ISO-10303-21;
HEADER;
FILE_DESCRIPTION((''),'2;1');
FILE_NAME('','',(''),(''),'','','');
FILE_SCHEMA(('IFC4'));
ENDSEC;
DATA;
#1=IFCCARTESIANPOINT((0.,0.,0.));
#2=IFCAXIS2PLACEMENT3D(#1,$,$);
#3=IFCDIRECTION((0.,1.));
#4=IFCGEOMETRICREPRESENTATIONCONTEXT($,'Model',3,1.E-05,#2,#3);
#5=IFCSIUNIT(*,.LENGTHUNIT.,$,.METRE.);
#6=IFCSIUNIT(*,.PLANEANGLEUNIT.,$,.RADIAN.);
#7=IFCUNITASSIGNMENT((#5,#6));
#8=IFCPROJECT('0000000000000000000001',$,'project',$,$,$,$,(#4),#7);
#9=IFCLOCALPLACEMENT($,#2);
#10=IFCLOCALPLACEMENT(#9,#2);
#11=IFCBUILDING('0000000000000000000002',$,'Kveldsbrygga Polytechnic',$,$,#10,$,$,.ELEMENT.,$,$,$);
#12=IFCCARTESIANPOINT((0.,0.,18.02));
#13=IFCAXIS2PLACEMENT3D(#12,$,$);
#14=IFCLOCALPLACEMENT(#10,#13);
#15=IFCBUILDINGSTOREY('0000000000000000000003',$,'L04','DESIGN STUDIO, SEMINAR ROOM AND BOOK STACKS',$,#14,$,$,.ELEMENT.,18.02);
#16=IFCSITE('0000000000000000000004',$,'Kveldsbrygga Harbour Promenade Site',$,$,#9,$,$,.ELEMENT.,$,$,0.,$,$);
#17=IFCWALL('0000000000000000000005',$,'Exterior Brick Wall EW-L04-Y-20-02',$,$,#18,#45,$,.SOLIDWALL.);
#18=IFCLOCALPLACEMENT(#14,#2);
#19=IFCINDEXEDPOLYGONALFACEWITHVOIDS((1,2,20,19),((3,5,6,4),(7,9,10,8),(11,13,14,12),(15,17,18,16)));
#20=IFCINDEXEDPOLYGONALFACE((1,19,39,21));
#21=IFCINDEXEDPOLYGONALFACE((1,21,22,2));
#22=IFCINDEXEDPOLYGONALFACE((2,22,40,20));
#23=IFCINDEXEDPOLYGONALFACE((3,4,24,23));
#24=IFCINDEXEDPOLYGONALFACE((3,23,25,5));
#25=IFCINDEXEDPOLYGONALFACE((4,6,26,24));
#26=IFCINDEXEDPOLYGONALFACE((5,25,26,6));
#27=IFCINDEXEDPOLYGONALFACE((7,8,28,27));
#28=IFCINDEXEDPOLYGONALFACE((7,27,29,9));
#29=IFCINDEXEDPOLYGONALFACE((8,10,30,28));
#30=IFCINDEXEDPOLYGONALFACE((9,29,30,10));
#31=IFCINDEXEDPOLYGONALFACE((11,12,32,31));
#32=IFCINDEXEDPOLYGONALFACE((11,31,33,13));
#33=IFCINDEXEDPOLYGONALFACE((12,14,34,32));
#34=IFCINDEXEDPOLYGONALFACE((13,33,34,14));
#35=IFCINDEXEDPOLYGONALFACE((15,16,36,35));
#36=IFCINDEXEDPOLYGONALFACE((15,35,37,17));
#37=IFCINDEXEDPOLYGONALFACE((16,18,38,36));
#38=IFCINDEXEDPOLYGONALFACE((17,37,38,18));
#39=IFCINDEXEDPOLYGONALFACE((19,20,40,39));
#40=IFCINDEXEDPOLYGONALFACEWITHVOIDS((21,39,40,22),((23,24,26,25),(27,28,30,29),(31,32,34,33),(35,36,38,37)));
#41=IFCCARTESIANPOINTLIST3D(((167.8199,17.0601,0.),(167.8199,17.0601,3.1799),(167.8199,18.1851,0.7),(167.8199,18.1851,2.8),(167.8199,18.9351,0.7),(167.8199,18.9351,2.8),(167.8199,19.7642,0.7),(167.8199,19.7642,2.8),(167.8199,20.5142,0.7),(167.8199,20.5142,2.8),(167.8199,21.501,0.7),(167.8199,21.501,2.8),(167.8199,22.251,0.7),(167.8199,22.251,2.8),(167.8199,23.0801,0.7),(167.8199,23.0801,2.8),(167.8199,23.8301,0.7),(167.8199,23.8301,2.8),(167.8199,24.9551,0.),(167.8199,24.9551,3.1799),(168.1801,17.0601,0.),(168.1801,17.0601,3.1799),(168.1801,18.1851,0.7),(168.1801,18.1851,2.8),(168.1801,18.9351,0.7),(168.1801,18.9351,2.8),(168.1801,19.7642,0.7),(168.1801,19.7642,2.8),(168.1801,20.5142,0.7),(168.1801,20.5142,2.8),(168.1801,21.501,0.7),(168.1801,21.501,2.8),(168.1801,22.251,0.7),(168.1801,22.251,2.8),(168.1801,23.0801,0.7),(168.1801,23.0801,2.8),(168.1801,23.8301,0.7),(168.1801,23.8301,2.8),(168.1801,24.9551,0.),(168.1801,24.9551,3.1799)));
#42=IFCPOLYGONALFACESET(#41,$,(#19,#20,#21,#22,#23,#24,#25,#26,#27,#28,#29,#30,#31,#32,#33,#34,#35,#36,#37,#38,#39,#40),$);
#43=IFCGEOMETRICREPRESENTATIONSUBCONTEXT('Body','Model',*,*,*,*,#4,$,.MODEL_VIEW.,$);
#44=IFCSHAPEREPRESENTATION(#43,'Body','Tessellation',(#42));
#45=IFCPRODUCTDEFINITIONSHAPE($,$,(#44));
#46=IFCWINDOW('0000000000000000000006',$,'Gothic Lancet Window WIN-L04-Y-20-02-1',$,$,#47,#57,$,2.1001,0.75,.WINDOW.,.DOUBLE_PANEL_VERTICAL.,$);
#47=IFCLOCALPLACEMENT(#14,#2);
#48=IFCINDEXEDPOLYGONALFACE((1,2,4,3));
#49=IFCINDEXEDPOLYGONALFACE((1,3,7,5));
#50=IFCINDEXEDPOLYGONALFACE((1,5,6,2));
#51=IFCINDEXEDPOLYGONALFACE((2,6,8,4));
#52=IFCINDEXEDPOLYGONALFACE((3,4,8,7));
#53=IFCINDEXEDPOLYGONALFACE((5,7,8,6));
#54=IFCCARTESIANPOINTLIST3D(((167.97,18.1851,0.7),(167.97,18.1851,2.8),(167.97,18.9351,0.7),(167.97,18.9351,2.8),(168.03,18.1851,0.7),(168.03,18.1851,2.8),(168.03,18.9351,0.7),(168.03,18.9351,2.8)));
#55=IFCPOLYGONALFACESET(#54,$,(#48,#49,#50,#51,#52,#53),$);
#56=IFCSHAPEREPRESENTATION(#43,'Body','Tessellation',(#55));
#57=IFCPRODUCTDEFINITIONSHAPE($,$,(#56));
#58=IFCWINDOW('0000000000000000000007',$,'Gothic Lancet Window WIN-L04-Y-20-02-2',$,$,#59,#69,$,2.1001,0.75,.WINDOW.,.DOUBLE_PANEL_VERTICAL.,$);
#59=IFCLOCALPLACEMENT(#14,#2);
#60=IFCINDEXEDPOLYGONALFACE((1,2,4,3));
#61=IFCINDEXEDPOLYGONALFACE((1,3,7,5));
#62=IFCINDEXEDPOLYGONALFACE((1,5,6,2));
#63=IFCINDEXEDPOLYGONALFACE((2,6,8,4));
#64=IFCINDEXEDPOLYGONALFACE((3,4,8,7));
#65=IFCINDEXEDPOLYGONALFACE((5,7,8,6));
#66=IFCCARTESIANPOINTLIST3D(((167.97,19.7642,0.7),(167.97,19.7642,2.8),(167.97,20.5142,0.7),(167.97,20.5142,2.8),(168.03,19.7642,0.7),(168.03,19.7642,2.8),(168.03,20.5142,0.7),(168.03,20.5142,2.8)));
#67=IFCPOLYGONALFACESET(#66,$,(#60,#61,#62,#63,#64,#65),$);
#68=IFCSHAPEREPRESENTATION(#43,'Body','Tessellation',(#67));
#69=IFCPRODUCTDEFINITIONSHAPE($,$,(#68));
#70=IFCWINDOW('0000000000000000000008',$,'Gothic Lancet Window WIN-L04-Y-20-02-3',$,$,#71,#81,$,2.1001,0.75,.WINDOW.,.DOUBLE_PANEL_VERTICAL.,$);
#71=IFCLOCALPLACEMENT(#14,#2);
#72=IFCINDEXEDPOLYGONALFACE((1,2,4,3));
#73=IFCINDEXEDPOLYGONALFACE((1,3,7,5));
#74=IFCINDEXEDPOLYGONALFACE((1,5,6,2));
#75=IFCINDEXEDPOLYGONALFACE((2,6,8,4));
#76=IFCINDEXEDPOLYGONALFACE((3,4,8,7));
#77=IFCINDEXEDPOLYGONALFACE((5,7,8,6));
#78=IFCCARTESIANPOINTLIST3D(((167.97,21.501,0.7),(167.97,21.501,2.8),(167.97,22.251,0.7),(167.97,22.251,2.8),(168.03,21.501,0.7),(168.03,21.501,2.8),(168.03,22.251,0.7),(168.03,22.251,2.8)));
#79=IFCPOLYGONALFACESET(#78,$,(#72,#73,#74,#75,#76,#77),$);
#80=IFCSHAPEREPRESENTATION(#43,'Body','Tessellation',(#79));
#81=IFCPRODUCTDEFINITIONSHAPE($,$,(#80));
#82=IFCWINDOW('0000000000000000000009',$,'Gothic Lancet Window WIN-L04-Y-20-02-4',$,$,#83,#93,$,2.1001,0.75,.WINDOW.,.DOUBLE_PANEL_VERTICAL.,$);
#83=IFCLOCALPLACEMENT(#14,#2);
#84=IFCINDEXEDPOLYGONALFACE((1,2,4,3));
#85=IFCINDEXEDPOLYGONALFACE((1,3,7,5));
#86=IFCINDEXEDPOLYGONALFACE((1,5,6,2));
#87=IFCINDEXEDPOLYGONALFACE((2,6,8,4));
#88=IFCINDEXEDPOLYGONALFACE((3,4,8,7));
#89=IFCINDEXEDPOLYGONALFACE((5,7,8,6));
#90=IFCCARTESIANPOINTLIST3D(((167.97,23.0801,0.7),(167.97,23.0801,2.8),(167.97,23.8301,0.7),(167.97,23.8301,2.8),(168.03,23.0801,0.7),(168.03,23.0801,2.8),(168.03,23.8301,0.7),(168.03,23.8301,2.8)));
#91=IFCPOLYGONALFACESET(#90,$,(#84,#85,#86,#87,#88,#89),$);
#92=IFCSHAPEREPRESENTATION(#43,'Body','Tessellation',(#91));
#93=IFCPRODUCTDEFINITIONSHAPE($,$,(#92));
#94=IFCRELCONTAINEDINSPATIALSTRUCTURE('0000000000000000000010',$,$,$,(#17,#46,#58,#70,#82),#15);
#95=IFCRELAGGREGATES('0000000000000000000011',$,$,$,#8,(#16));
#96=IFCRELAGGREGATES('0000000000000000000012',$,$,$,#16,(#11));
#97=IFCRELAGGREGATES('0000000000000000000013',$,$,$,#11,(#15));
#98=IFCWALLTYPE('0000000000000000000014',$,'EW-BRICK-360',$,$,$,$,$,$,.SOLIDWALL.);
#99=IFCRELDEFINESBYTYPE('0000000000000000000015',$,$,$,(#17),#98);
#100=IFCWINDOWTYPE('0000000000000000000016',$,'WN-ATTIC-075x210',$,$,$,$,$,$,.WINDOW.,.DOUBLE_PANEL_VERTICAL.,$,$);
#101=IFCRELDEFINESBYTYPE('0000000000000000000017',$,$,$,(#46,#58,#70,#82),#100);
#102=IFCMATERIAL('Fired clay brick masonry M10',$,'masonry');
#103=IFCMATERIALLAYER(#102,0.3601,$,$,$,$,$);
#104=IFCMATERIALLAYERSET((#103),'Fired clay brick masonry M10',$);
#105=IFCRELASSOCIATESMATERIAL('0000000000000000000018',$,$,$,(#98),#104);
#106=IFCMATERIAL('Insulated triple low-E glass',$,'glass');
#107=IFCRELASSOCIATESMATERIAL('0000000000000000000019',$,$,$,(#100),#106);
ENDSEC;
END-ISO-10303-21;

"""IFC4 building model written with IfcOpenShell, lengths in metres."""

from ifc_helpers import new_model, si_unit, direction, frame, frame_2d, origin, place, context, subcontext, project, spatial, rectangle, extrude, material, layer, layer_set, type_object, element, fill, save


model = new_model("IFC4")

# Units and contexts
model_context = context("Model", 3, precision=1e-05, world=origin(), true_north=direction((0.0, 1.0)))
body_context = subcontext(model_context, "Body", "Model", "MODEL_VIEW")
ifc_project = project(units=[si_unit("LENGTHUNIT", "METRE"), si_unit("PLANEANGLEUNIT", "RADIAN")], contexts=[model_context])

# Site, building, storey
site_placement = place(None, origin())
site = spatial("IfcSite", under=ifc_project, at=site_placement, Name="Kveldsbrygga Harbour Promenade Site", CompositionType="ELEMENT", RefElevation=0.0)
building_placement = place(site_placement, origin())
building = spatial("IfcBuilding", under=site, at=building_placement, Name="Kveldsbrygga Polytechnic", CompositionType="ELEMENT")
storey_placement = place(building_placement, frame((0.0, 0.0, 18.02)))
storey = spatial("IfcBuildingStorey", under=building, at=storey_placement, Name="L04", Description="DESIGN STUDIO, SEMINAR ROOM AND BOOK STACKS", CompositionType="ELEMENT", Elevation=18.02)

# Shared definitions
ifc_material_1 = material(Name="Insulated triple low-E glass", Category="glass")

# Wall, openings, windows
ifc_material_2 = material(Name="Fired clay brick masonry M10", Category="masonry")
ifc_layer_1 = layer(ifc_material_2, 0.3601)
ifc_layer_set_1 = layer_set([ifc_layer_1], Name="Fired clay brick masonry M10")
wall_type = type_object("IfcWallType", Name="EW-BRICK-360", PredefinedType="SOLIDWALL", material=ifc_layer_set_1)
window_type = type_object("IfcWindowType", Name="WN-ATTIC-075x210", PartitioningType="DOUBLE_PANEL_VERTICAL", PredefinedType="WINDOW", material=ifc_material_1)
wall_1_placement = place(storey_placement, frame((168.0, 17.0601, 0.0), z_axis=(0.0, 0.0, 1.0), x_axis=(0.0, 1.0, 0.0)))
wall_1 = element("IfcWall", 1, at=wall_1_placement, inside=storey, type_object=wall_type, Name="Exterior Brick Wall EW-L04-Y-20-02", PredefinedType="SOLIDWALL", context=body_context, shape_type="SweptSolid", body=[
    extrude(rectangle(XDim=7.895, YDim=0.3601, at=frame_2d((3.9475, 0.0))), origin(), (0.0, 0.0, 1.0), 3.1799),
])
opening_1_placement = place(wall_1_placement, frame((1.125, 0.0, 0.7)))
opening_1 = element("IfcOpeningElement", 2, at=opening_1_placement, cuts=wall_1, PredefinedType="OPENING", context=body_context, shape_type="SweptSolid", body=[
    extrude(rectangle(XDim=0.75, YDim=2.1001, at=frame_2d((0.375, 1.05))), frame((0.0, 0.1899, 0.0), z_axis=(0.0, -1.0, 0.0), x_axis=(1.0, 0.0, 0.0)), (0.0, 0.0, 1.0), 0.3801),
])
opening_2_placement = place(wall_1_placement, frame((2.7041, 0.0, 0.7)))
opening_2 = element("IfcOpeningElement", 3, at=opening_2_placement, cuts=wall_1, PredefinedType="OPENING", context=body_context, shape_type="SweptSolid", body=[
    extrude(rectangle(XDim=0.75, YDim=2.1001, at=frame_2d((0.375, 1.05))), frame((0.0, 0.1899, 0.0), z_axis=(0.0, -1.0, 0.0), x_axis=(1.0, 0.0, 0.0)), (0.0, 0.0, 1.0), 0.3801),
])
opening_3_placement = place(wall_1_placement, frame((4.4409, 0.0, 0.7)))
opening_3 = element("IfcOpeningElement", 4, at=opening_3_placement, cuts=wall_1, PredefinedType="OPENING", context=body_context, shape_type="SweptSolid", body=[
    extrude(rectangle(XDim=0.75, YDim=2.1001, at=frame_2d((0.375, 1.05))), frame((0.0, 0.1899, 0.0), z_axis=(0.0, -1.0, 0.0), x_axis=(1.0, 0.0, 0.0)), (0.0, 0.0, 1.0), 0.3801),
])
opening_4_placement = place(wall_1_placement, frame((6.02, 0.0, 0.7)))
opening_4 = element("IfcOpeningElement", 5, at=opening_4_placement, cuts=wall_1, PredefinedType="OPENING", context=body_context, shape_type="SweptSolid", body=[
    extrude(rectangle(XDim=0.75, YDim=2.1001, at=frame_2d((0.375, 1.05))), frame((0.0, 0.1899, 0.0), z_axis=(0.0, -1.0, 0.0), x_axis=(1.0, 0.0, 0.0)), (0.0, 0.0, 1.0), 0.3801),
])
window_1_placement = place(opening_1_placement, origin())
window_1 = element("IfcWindow", 6, at=window_1_placement, inside=storey, type_object=window_type, Name="Gothic Lancet Window WIN-L04-Y-20-02-1", OverallHeight=2.1001, OverallWidth=0.75, PartitioningType="DOUBLE_PANEL_VERTICAL", PredefinedType="WINDOW", context=body_context, shape_type="SweptSolid", body=[
    extrude(rectangle(XDim=0.75, YDim=2.1001, at=frame_2d((0.375, 1.05))), frame((0.0, 0.03, 0.0), z_axis=(0.0, -1.0, 0.0), x_axis=(1.0, 0.0, 0.0)), (0.0, 0.0, 1.0), 0.0601),
])
fill(opening_1, window_1)
window_2_placement = place(opening_2_placement, origin())
window_2 = element("IfcWindow", 7, at=window_2_placement, inside=storey, type_object=window_type, Name="Gothic Lancet Window WIN-L04-Y-20-02-2", OverallHeight=2.1001, OverallWidth=0.75, PartitioningType="DOUBLE_PANEL_VERTICAL", PredefinedType="WINDOW", context=body_context, shape_type="SweptSolid", body=[
    extrude(rectangle(XDim=0.75, YDim=2.1001, at=frame_2d((0.375, 1.05))), frame((0.0, 0.03, 0.0), z_axis=(0.0, -1.0, 0.0), x_axis=(1.0, 0.0, 0.0)), (0.0, 0.0, 1.0), 0.0601),
])
fill(opening_2, window_2)
window_3_placement = place(opening_3_placement, origin())
window_3 = element("IfcWindow", 8, at=window_3_placement, inside=storey, type_object=window_type, Name="Gothic Lancet Window WIN-L04-Y-20-02-3", OverallHeight=2.1001, OverallWidth=0.75, PartitioningType="DOUBLE_PANEL_VERTICAL", PredefinedType="WINDOW", context=body_context, shape_type="SweptSolid", body=[
    extrude(rectangle(XDim=0.75, YDim=2.1001, at=frame_2d((0.375, 1.05))), frame((0.0, 0.03, 0.0), z_axis=(0.0, -1.0, 0.0), x_axis=(1.0, 0.0, 0.0)), (0.0, 0.0, 1.0), 0.0601),
])
fill(opening_3, window_3)
window_4_placement = place(opening_4_placement, origin())
window_4 = element("IfcWindow", 9, at=window_4_placement, inside=storey, type_object=window_type, Name="Gothic Lancet Window WIN-L04-Y-20-02-4", OverallHeight=2.1001, OverallWidth=0.75, PartitioningType="DOUBLE_PANEL_VERTICAL", PredefinedType="WINDOW", context=body_context, shape_type="SweptSolid", body=[
    extrude(rectangle(XDim=0.75, YDim=2.1001, at=frame_2d((0.375, 1.05))), frame((0.0, 0.03, 0.0), z_axis=(0.0, -1.0, 0.0), x_axis=(1.0, 0.0, 0.0)), (0.0, 0.0, 1.0), 0.0601),
])
fill(opening_4, window_4)

save(model, "model.ifc")
